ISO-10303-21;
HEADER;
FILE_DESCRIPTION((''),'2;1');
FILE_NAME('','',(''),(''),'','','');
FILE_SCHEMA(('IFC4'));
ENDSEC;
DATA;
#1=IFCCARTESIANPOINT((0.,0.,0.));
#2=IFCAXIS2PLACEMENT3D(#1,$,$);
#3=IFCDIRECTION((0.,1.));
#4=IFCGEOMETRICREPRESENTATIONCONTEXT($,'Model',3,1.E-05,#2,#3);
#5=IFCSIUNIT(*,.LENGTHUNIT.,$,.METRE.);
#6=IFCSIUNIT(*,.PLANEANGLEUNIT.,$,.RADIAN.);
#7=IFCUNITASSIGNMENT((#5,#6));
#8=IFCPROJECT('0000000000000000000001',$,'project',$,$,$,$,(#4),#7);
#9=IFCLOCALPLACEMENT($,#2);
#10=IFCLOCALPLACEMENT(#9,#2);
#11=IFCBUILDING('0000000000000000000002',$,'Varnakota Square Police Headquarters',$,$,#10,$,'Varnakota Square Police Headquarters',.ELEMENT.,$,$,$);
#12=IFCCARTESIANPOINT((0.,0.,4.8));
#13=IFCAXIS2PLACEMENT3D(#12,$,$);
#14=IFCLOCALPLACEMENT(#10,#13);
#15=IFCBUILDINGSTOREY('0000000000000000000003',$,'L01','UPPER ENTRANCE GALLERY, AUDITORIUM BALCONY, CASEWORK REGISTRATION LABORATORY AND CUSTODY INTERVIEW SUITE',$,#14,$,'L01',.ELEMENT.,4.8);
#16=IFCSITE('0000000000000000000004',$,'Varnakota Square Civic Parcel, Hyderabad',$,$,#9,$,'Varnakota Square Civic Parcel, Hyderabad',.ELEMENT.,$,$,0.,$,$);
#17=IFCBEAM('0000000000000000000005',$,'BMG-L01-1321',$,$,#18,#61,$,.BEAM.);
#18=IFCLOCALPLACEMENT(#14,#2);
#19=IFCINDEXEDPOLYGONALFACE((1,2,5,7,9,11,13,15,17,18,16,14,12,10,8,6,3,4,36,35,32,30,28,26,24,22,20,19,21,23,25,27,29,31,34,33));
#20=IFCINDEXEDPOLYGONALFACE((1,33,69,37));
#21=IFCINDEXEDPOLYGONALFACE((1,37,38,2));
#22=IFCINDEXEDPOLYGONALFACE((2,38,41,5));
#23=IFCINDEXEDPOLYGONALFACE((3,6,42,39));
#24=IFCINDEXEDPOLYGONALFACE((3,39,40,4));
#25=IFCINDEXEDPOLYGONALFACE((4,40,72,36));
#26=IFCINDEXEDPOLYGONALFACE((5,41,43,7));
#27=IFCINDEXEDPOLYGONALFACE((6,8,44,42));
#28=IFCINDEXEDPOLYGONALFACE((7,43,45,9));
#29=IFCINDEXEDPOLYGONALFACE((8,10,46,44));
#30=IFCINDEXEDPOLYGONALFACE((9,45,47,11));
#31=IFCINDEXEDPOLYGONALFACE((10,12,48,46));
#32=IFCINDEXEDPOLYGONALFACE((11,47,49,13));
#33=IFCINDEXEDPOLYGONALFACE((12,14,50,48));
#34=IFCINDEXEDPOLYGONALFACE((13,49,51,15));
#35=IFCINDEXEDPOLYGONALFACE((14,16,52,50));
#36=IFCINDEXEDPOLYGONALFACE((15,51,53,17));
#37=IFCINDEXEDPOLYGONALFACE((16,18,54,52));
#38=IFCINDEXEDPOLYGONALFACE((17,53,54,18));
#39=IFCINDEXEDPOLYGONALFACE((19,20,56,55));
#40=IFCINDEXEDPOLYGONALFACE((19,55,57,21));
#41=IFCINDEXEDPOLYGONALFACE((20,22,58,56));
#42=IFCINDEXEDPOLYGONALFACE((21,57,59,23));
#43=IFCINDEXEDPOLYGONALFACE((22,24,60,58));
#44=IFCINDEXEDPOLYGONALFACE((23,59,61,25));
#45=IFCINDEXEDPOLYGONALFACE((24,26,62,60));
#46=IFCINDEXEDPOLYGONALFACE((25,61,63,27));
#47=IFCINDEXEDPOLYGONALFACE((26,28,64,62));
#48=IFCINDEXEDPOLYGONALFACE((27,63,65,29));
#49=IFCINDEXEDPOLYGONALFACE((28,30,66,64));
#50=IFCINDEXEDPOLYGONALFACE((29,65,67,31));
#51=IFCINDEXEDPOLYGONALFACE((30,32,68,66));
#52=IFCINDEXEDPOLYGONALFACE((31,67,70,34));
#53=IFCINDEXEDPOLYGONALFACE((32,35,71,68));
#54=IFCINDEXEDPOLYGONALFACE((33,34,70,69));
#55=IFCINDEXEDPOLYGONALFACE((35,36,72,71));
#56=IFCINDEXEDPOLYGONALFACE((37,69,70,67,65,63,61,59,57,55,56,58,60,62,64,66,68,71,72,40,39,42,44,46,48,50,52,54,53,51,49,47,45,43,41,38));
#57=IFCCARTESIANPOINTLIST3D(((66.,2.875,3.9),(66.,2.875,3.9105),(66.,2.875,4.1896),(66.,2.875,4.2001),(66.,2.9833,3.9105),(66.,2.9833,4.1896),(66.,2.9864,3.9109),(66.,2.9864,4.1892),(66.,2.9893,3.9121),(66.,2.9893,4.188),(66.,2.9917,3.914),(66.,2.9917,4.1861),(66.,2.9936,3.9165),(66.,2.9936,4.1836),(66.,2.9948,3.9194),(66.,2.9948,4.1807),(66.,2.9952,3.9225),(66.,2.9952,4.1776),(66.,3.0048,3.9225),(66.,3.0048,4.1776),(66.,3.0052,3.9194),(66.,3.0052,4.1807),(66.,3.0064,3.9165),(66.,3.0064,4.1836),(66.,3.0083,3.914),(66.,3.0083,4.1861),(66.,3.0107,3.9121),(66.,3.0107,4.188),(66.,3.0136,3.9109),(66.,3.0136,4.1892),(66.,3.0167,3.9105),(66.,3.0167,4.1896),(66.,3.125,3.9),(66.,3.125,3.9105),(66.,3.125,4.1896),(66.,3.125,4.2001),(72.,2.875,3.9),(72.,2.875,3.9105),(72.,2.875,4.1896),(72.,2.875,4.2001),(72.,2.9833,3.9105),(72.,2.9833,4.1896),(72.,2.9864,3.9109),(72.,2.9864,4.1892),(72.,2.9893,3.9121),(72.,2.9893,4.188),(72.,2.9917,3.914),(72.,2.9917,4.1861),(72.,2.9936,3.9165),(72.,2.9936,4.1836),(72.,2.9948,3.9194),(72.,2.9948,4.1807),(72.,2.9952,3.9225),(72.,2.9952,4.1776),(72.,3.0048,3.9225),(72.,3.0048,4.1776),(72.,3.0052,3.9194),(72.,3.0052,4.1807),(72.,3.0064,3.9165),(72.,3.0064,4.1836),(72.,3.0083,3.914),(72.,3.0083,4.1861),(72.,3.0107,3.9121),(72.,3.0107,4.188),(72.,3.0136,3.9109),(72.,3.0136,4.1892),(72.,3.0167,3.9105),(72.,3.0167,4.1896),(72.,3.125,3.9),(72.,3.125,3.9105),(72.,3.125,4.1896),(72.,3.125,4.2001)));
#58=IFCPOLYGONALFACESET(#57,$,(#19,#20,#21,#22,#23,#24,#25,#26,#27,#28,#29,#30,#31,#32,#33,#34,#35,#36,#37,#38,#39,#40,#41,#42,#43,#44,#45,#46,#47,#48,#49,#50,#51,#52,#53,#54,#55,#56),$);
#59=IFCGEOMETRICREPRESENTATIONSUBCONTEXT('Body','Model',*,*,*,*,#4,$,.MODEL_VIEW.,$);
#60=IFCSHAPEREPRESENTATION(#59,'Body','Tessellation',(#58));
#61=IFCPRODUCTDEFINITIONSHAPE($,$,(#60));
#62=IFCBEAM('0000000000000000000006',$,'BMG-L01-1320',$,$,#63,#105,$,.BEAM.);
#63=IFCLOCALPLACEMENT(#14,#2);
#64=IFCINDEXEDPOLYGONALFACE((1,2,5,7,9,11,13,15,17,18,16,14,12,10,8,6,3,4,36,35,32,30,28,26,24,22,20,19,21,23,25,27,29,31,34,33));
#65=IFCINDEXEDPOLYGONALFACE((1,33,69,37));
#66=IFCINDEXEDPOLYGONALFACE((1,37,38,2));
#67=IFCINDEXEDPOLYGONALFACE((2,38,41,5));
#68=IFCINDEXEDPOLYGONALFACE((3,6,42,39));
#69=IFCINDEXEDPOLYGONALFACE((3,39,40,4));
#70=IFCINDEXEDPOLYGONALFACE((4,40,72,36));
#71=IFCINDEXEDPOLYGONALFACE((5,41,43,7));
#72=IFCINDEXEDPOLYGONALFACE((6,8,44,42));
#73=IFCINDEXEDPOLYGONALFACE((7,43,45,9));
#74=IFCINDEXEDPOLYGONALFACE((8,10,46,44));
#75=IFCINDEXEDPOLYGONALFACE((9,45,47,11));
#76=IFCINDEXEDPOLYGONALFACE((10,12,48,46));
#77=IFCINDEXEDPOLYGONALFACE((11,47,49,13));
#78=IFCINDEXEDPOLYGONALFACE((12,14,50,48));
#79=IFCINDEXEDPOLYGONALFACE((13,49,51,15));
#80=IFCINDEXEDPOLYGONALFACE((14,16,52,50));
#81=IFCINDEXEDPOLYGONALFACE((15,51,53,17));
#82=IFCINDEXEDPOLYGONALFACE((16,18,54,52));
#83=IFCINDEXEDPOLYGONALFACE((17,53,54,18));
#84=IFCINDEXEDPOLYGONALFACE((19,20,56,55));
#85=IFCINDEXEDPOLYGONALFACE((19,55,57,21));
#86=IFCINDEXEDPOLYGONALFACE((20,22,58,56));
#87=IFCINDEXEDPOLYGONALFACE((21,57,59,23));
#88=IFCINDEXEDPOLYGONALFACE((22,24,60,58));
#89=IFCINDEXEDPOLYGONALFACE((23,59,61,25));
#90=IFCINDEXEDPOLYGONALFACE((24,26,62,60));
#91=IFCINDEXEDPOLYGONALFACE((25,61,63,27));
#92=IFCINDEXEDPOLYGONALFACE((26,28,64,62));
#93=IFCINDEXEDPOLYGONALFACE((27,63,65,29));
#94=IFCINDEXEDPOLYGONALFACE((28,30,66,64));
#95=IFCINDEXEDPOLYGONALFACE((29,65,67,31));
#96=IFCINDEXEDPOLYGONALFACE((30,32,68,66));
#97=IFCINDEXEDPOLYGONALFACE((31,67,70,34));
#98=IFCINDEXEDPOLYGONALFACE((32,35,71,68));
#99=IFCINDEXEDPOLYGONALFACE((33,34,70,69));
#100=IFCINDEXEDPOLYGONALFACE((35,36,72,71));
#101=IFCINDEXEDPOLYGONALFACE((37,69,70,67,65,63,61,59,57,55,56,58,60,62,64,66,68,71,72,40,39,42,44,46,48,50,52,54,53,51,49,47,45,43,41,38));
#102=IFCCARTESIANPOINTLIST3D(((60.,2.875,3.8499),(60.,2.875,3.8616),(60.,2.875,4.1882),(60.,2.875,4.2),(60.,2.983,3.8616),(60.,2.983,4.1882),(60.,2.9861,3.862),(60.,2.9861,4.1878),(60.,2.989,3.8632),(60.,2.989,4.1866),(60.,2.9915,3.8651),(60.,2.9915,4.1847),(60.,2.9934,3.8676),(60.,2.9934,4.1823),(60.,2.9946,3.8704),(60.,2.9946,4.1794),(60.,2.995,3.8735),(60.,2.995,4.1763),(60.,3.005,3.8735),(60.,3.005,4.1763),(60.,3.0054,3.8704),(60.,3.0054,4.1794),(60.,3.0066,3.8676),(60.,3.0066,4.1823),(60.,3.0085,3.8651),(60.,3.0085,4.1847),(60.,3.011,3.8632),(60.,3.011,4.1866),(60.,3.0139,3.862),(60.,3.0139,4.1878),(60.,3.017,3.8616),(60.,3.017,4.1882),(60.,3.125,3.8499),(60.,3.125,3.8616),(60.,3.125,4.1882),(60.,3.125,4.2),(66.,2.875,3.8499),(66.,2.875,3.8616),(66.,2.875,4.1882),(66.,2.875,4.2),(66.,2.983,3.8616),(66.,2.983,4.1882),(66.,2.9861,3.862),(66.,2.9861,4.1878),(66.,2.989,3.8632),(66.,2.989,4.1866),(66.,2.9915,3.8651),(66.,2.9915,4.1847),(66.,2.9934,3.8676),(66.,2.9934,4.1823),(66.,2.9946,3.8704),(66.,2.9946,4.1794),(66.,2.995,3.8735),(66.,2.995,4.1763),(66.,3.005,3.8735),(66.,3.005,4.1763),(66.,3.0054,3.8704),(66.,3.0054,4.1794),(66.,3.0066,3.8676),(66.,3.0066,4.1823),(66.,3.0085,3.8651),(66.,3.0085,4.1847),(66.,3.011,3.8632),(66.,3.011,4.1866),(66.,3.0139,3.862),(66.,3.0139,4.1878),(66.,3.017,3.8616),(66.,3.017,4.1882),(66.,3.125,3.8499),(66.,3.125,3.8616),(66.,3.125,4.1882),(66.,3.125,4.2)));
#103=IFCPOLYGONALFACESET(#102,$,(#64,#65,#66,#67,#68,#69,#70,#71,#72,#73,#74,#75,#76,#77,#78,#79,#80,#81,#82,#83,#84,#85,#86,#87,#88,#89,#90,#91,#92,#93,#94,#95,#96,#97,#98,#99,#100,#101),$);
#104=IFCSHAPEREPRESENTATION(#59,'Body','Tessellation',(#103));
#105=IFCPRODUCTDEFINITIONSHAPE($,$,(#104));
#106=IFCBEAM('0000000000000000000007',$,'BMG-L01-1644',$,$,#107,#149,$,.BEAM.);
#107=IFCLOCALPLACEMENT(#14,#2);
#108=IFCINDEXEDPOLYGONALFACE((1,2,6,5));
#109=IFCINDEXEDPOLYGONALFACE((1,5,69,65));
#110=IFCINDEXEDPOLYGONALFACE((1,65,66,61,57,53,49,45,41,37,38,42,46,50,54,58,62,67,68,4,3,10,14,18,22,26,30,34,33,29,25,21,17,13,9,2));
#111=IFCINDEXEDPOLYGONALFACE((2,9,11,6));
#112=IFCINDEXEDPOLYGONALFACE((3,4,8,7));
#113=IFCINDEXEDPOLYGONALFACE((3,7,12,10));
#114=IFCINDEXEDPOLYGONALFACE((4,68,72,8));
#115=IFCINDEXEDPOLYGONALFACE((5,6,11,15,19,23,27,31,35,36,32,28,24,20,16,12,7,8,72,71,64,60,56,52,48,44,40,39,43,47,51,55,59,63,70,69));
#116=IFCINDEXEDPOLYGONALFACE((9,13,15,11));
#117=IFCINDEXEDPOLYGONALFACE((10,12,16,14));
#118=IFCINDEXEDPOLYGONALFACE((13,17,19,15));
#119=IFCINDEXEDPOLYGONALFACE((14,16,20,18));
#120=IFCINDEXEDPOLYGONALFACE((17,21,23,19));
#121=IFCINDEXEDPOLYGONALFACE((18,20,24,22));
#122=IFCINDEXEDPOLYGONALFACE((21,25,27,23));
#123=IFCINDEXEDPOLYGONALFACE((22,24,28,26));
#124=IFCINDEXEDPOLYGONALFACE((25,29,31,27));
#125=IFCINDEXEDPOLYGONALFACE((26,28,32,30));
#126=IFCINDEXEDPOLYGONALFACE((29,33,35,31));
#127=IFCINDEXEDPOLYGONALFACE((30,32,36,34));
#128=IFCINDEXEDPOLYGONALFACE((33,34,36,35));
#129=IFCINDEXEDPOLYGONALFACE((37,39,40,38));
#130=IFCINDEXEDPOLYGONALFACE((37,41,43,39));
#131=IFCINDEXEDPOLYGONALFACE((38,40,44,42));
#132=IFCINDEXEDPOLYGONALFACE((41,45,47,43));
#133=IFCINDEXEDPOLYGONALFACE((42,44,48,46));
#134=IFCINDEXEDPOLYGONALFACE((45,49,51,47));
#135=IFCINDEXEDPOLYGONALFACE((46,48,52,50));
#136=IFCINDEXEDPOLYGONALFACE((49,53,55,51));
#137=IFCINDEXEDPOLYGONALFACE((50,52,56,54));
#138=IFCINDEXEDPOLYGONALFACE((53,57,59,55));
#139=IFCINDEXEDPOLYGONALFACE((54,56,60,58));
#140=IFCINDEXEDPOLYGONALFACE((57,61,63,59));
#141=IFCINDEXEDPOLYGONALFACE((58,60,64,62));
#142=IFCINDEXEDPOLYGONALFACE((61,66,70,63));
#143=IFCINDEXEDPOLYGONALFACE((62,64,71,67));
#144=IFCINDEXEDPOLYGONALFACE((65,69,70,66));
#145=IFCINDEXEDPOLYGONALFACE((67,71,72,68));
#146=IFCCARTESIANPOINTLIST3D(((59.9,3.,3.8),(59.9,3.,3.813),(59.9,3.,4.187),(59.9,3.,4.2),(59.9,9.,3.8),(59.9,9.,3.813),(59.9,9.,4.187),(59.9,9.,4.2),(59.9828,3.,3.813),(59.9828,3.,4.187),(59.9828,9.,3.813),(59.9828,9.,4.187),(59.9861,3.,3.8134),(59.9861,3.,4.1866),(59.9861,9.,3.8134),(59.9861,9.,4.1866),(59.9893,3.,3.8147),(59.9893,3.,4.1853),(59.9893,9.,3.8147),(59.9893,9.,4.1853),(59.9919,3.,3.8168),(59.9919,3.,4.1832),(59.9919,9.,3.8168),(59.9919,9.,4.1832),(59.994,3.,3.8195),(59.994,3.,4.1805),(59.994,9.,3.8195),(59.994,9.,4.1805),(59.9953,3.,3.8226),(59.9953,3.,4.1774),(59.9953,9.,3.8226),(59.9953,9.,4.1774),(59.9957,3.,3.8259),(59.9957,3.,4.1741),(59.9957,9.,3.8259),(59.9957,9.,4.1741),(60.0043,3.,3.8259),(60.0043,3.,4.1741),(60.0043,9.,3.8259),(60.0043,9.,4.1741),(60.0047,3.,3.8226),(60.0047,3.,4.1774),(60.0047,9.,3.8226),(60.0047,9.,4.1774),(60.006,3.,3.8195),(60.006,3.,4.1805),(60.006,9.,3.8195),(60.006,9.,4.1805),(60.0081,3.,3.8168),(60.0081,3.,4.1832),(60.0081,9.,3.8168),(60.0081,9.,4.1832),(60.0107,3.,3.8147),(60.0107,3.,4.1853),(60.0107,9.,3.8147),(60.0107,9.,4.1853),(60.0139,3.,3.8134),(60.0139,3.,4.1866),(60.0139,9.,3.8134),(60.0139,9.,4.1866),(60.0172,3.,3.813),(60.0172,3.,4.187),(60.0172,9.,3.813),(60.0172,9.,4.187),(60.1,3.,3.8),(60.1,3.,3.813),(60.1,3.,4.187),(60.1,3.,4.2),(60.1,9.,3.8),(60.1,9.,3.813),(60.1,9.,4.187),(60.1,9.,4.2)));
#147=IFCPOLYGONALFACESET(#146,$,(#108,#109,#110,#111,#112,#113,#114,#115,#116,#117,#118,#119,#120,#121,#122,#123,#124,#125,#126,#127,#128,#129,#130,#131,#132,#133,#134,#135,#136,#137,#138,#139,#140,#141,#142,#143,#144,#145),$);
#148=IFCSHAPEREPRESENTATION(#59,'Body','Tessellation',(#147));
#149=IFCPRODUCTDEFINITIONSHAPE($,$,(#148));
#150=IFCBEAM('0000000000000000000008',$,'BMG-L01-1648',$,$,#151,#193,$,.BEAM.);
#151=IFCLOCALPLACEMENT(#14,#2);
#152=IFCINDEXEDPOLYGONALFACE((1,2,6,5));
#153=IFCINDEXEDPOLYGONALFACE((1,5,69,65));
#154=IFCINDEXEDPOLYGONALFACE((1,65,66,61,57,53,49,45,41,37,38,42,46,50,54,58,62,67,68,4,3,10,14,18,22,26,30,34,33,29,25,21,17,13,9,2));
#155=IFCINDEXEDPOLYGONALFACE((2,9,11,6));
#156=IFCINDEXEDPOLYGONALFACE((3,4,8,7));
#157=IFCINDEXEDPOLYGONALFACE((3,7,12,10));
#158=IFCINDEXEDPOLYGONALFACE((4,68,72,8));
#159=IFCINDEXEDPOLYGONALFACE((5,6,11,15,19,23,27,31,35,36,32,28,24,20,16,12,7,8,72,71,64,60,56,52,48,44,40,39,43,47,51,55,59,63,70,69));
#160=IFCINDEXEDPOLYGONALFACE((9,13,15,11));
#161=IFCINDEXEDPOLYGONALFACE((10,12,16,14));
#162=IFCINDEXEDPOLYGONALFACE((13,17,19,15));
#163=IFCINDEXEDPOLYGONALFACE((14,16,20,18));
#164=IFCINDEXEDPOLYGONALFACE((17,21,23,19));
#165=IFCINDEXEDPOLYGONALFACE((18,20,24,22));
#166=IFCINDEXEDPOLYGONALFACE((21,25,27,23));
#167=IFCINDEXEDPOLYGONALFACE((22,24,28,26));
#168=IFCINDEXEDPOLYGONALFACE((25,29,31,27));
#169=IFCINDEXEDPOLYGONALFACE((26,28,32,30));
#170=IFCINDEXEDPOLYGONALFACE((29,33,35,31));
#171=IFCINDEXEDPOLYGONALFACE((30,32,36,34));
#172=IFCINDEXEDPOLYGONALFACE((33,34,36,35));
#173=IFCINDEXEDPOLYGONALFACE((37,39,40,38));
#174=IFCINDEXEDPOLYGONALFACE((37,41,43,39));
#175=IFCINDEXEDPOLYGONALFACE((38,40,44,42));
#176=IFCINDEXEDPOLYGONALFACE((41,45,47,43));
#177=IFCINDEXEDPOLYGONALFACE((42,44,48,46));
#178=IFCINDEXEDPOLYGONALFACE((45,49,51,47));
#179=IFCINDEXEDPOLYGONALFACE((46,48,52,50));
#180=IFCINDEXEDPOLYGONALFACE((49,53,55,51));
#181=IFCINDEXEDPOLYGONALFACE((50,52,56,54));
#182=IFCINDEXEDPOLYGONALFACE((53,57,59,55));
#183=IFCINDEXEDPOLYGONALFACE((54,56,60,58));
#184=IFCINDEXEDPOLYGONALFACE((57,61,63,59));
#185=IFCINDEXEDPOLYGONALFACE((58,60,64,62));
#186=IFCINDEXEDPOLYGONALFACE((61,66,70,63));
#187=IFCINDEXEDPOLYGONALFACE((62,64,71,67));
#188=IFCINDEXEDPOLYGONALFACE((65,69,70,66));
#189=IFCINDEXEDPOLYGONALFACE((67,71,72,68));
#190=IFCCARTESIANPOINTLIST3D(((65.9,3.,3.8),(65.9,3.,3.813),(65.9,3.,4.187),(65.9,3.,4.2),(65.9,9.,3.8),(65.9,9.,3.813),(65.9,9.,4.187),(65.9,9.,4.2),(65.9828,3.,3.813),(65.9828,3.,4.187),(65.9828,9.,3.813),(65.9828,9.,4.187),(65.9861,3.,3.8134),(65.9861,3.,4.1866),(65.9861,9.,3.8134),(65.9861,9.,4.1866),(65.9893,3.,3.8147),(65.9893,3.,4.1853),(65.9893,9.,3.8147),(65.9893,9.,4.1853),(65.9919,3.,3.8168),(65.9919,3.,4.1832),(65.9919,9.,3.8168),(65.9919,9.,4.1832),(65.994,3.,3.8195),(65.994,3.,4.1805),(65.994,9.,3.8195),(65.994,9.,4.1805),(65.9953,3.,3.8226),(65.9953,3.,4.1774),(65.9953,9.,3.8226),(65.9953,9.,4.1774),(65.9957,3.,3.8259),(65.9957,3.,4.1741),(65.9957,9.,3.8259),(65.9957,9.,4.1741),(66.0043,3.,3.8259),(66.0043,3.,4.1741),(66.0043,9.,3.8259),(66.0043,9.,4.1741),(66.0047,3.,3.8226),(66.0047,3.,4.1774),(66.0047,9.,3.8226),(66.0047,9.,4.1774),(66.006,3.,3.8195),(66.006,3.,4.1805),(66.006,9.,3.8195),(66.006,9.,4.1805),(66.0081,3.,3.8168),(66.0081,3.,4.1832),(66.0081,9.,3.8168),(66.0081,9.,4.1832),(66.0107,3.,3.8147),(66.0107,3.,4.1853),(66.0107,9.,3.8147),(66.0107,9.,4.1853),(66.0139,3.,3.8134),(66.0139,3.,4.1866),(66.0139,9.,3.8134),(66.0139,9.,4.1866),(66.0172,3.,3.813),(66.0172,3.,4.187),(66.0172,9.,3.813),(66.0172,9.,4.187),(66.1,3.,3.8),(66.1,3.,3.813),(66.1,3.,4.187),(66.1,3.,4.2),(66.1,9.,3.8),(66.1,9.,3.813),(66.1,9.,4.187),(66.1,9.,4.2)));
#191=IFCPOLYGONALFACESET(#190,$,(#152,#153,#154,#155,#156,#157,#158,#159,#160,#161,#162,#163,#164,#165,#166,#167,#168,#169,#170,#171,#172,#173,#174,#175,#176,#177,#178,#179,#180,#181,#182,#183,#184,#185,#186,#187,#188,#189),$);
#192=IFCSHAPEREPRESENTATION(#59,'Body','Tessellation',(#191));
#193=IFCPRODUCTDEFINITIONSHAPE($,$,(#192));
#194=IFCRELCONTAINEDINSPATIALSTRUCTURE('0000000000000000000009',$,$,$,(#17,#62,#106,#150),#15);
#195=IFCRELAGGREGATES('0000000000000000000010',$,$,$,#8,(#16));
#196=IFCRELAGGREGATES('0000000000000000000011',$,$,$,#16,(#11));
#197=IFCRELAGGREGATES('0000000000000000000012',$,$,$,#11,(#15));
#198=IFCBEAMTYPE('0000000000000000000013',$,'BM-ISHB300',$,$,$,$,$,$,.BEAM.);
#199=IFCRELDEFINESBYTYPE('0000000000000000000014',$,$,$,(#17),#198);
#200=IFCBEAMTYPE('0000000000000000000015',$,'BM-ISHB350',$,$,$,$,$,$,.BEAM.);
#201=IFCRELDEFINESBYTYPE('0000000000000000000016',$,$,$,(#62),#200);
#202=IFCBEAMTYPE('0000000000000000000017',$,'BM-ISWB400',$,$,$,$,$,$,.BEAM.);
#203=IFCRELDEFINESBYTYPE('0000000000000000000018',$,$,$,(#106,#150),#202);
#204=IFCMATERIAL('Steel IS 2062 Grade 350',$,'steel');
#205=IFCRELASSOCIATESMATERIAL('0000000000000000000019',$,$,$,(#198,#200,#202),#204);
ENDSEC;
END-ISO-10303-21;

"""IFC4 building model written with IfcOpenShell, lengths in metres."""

from ifc_helpers import new_model, si_unit, direction, frame, origin, origin_2d, place, context, subcontext, project, spatial, i_section, extrude, material, material_profile, profile_set, type_object, element, save


model = new_model("IFC4")

# Units and contexts
model_context = context("Model", 3, precision=1e-05, world=origin(), true_north=direction((0.0, 1.0)))
body_context = subcontext(model_context, "Body", "Model", "MODEL_VIEW")
ifc_project = project(units=[si_unit("LENGTHUNIT", "METRE"), si_unit("PLANEANGLEUNIT", "RADIAN")], contexts=[model_context])

# Site, building, storey
site_placement = place(None, origin())
site = spatial("IfcSite", under=ifc_project, at=site_placement, Name="Varnakota Square Civic Parcel, Hyderabad", LongName="Varnakota Square Civic Parcel, Hyderabad", CompositionType="ELEMENT", RefElevation=0.0)
building_placement = place(site_placement, origin())
building = spatial("IfcBuilding", under=site, at=building_placement, Name="Varnakota Square Police Headquarters", LongName="Varnakota Square Police Headquarters", CompositionType="ELEMENT")
storey_placement = place(building_placement, frame((0.0, 0.0, 4.8)))
storey = spatial("IfcBuildingStorey", under=building, at=storey_placement, Name="L01", Description="UPPER ENTRANCE GALLERY, AUDITORIUM BALCONY, CASEWORK REGISTRATION LABORATORY AND CUSTODY INTERVIEW SUITE", LongName="L01", CompositionType="ELEMENT", Elevation=4.8)

# Shared definitions
ifc_material_1 = material(Name="Steel IS 2062 Grade 350", Category="steel")

# Beams
ifc_material_profile_1 = material_profile(ifc_material_1, i_section(OverallWidth=0.25, OverallDepth=0.3, WebThickness=0.0095, FlangeThickness=0.0105, FilletRadius=0.012, at=origin_2d()), Name="ISHB 300")
ifc_profile_set_1 = profile_set([ifc_material_profile_1], Name="Steel IS 2062 Grade 350")
beam_type_1 = type_object("IfcBeamType", Name="BM-ISHB300", PredefinedType="BEAM", material=ifc_profile_set_1)
beam_1_placement = place(storey_placement, frame((66.0, 3.0, 4.05), z_axis=(1.0, 0.0, 0.0), x_axis=(0.0, 1.0, 0.0)))
element("IfcBeam", 1, at=beam_1_placement, inside=storey, type_object=beam_type_1, Name="BMG-L01-1321", PredefinedType="BEAM", context=body_context, shape_type="SweptSolid", body=[
    extrude(i_section(OverallWidth=0.25, OverallDepth=0.3, WebThickness=0.0095, FlangeThickness=0.0105, FilletRadius=0.012, at=origin_2d()), origin(), (0.0, 0.0, 1.0), 6.0),
])
ifc_material_profile_2 = material_profile(ifc_material_1, i_section(OverallWidth=0.25, OverallDepth=0.3501, WebThickness=0.01, FlangeThickness=0.0117, FilletRadius=0.012, at=origin_2d()), Name="ISHB 350")
ifc_profile_set_2 = profile_set([ifc_material_profile_2], Name="Steel IS 2062 Grade 350")
beam_type_2 = type_object("IfcBeamType", Name="BM-ISHB350", PredefinedType="BEAM", material=ifc_profile_set_2)
beam_2_placement = place(storey_placement, frame((60.0, 3.0, 4.0249), z_axis=(1.0, 0.0, 0.0), x_axis=(0.0, 1.0, 0.0)))
element("IfcBeam", 2, at=beam_2_placement, inside=storey, type_object=beam_type_2, Name="BMG-L01-1320", PredefinedType="BEAM", context=body_context, shape_type="SweptSolid", body=[
    extrude(i_section(OverallWidth=0.25, OverallDepth=0.3501, WebThickness=0.01, FlangeThickness=0.0117, FilletRadius=0.012, at=origin_2d()), origin(), (0.0, 0.0, 1.0), 6.0),
])
ifc_material_profile_3 = material_profile(ifc_material_1, i_section(OverallWidth=0.2, OverallDepth=0.3999, WebThickness=0.0085, FlangeThickness=0.0129, FilletRadius=0.0129, at=origin_2d()), Name="ISWB 400")
ifc_profile_set_3 = profile_set([ifc_material_profile_3], Name="Steel IS 2062 Grade 350")
beam_type_3 = type_object("IfcBeamType", Name="BM-ISWB400", PredefinedType="BEAM", material=ifc_profile_set_3)
for number, where, z_axis, x_axis, name in (
    (3, (60.0, 3.0, 4.0), (0.0, 1.0, 0.0), (-1.0, 0.0, 0.0), "BMG-L01-1644"),
    (4, (66.0, 3.0, 4.0), (0.0, 1.0, 0.0), (-1.0, 0.0, 0.0), "BMG-L01-1648"),
):
    element("IfcBeam", number, at=place(storey_placement, frame(where, z_axis=z_axis, x_axis=x_axis)), inside=storey, type_object=beam_type_3, Name=name, PredefinedType="BEAM", context=body_context, shape_type="SweptSolid", body=[
        extrude(i_section(OverallWidth=0.2, OverallDepth=0.3999, WebThickness=0.0085, FlangeThickness=0.0129, FilletRadius=0.0129, at=origin_2d()), origin(), (0.0, 0.0, 1.0), 6.0),
    ])

save(model, "model.ifc")
